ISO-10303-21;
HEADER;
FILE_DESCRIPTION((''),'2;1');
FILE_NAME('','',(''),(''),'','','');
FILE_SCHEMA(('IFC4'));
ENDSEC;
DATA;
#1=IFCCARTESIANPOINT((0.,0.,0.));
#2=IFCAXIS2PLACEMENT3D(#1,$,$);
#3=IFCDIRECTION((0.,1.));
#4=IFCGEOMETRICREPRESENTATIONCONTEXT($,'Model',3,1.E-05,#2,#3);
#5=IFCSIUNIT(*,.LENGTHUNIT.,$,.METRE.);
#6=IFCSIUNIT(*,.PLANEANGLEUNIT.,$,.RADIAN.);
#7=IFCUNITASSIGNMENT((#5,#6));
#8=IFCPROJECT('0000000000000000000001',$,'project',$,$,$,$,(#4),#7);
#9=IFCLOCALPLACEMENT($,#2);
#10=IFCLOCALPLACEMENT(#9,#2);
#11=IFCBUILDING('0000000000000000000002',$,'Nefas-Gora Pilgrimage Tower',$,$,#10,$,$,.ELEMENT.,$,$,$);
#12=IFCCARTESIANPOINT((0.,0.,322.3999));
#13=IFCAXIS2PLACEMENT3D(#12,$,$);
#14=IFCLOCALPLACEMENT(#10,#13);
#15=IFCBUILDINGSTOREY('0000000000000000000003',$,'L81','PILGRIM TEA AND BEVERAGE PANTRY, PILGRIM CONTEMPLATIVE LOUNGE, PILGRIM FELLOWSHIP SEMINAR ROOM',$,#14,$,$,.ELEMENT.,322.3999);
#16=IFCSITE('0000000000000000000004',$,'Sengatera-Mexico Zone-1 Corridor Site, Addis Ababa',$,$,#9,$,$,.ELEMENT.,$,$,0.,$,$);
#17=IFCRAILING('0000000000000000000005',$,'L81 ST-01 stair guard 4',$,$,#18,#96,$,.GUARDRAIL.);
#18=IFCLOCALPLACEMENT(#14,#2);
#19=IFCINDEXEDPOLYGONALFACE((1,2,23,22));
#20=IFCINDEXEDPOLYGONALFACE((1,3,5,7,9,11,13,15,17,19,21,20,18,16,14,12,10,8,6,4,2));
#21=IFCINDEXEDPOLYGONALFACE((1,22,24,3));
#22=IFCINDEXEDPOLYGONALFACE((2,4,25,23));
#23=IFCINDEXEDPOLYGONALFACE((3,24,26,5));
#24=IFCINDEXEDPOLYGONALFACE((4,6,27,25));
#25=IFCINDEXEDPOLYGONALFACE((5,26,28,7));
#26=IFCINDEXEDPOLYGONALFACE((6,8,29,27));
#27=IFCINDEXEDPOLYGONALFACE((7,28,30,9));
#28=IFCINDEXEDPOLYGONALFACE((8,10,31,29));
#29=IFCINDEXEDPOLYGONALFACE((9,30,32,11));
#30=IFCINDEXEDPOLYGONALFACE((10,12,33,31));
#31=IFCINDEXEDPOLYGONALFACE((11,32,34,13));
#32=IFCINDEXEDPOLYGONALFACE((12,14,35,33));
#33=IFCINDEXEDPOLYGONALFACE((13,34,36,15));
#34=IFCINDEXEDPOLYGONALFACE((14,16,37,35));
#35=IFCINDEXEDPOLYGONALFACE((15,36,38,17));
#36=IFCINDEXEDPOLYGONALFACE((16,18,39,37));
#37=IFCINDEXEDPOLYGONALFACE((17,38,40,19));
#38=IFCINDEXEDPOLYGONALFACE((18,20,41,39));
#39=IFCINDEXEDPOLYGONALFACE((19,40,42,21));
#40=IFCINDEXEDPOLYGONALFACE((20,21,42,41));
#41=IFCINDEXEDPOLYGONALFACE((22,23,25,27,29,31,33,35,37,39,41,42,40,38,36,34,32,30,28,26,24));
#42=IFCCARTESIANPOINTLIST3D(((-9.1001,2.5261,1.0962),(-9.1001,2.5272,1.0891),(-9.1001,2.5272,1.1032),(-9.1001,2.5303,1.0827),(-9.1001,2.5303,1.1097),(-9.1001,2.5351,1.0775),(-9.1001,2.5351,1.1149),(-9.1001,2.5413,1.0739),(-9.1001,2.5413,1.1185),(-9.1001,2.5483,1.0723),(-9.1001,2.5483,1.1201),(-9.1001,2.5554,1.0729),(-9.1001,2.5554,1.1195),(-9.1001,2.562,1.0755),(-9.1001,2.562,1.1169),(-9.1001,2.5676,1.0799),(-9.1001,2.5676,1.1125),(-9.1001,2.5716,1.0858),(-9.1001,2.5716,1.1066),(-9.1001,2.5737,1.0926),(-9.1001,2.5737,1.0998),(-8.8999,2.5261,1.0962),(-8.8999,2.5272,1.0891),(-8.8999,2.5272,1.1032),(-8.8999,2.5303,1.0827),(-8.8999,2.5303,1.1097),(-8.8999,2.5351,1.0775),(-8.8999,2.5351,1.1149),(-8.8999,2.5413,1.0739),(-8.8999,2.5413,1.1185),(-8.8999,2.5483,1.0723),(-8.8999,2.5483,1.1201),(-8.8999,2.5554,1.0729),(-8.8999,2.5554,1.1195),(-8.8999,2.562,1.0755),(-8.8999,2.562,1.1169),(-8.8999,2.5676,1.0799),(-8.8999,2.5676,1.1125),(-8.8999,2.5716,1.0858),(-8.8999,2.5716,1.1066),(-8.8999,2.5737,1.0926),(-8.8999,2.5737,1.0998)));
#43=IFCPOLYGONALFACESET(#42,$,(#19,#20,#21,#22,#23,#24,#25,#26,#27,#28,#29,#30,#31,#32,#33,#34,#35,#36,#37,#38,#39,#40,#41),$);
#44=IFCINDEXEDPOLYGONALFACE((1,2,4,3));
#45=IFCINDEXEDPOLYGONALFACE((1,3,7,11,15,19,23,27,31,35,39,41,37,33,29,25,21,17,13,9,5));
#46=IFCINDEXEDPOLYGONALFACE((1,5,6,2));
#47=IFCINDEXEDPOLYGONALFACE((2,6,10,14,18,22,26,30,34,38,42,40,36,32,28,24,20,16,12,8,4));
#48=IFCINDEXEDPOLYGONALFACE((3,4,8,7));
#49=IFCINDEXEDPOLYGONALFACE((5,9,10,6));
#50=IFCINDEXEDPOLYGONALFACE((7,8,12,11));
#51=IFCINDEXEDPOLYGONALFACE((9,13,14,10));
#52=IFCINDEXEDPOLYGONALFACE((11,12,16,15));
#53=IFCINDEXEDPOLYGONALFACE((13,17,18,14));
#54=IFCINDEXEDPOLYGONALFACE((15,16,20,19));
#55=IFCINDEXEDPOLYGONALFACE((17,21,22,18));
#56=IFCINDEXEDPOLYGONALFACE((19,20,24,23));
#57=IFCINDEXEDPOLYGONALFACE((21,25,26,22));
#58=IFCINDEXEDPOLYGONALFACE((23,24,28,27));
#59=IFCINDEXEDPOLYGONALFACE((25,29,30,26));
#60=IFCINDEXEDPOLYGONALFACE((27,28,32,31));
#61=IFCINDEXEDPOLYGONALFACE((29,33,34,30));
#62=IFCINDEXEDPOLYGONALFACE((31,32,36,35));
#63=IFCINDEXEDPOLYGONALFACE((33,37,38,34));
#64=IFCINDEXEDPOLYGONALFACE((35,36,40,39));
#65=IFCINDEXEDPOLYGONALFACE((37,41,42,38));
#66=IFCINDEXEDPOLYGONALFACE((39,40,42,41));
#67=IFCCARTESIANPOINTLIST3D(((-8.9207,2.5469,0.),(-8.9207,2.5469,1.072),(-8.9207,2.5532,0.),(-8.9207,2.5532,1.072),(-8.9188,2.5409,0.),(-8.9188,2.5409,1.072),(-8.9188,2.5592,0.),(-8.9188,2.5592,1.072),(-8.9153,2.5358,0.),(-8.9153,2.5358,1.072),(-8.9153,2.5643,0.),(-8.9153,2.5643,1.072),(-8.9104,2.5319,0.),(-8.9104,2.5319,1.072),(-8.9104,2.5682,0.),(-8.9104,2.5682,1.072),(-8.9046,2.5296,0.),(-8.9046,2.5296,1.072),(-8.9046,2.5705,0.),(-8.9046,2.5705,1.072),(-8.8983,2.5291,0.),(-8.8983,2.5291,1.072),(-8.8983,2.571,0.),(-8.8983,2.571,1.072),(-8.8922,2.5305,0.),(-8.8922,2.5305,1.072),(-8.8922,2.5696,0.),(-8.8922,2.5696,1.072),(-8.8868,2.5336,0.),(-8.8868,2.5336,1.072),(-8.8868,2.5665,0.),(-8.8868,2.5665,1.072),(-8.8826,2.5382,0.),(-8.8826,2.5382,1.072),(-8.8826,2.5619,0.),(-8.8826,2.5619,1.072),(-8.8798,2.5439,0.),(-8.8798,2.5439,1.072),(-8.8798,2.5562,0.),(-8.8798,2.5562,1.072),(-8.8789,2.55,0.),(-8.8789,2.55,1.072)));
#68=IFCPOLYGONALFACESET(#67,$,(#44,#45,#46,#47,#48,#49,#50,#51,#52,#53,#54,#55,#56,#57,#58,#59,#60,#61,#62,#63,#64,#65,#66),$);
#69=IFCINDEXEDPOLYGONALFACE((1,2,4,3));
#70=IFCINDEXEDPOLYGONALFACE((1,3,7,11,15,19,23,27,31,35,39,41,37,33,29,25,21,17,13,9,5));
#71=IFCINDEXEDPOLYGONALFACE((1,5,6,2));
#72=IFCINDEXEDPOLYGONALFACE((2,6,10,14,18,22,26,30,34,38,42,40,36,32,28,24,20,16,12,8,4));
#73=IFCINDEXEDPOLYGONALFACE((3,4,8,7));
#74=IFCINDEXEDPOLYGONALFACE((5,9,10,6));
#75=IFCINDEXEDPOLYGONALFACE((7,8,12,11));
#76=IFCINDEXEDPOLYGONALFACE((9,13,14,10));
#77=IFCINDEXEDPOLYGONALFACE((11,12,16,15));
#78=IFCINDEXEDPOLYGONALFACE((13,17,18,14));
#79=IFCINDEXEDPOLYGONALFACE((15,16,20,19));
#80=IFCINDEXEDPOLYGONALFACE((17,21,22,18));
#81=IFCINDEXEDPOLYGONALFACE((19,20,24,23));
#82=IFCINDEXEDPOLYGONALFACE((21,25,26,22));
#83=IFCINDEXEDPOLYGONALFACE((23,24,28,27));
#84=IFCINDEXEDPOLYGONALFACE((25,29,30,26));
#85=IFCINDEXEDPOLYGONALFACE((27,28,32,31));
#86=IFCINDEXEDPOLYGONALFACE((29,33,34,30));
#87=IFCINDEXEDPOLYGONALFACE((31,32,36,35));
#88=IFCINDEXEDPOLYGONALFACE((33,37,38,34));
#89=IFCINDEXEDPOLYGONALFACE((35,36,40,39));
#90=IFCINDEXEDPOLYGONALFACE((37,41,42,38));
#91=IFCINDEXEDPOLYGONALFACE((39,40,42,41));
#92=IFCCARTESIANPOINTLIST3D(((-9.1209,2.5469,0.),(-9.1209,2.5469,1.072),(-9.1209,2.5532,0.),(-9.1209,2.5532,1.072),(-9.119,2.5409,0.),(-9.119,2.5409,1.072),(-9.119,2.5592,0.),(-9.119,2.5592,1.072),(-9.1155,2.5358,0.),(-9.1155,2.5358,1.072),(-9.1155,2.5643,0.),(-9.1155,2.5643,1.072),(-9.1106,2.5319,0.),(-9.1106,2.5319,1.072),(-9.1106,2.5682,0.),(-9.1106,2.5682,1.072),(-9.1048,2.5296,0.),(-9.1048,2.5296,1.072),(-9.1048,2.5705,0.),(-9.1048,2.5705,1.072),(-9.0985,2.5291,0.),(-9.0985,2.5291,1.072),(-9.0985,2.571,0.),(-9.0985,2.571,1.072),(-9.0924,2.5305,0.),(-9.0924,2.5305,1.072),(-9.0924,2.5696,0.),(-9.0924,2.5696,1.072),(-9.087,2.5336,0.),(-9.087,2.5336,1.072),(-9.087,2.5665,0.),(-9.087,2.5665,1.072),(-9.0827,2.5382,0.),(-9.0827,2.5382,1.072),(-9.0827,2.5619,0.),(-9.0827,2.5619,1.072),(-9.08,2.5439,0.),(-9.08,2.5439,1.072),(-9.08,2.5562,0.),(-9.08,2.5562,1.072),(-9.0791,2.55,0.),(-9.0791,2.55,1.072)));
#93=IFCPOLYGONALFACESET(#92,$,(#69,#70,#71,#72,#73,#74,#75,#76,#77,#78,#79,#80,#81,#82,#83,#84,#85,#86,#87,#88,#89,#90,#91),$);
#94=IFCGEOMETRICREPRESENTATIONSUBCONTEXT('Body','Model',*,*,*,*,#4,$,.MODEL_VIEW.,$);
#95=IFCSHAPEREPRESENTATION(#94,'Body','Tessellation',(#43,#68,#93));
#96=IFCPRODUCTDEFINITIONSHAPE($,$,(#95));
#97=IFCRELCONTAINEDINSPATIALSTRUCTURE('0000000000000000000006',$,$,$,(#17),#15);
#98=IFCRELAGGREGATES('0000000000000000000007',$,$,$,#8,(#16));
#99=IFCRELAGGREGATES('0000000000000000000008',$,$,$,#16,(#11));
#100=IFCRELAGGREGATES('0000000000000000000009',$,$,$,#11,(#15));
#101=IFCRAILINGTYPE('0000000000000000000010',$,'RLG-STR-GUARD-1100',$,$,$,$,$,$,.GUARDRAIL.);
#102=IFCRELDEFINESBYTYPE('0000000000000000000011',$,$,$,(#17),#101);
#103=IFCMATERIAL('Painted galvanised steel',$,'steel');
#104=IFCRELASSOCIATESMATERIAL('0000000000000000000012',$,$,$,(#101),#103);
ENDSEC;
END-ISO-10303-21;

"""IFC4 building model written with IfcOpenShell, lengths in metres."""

from ifc_helpers import new_model, si_unit, direction, frame, origin, origin_2d, place, context, subcontext, project, spatial, circle, extrude, material, type_object, element, save


model = new_model("IFC4")

# Units and contexts
model_context = context("Model", 3, precision=1e-05, world=origin(), true_north=direction((0.0, 1.0)))
body_context = subcontext(model_context, "Body", "Model", "MODEL_VIEW")
ifc_project = project(units=[si_unit("LENGTHUNIT", "METRE"), si_unit("PLANEANGLEUNIT", "RADIAN")], contexts=[model_context])

# Site, building, storey
site_placement = place(None, origin())
site = spatial("IfcSite", under=ifc_project, at=site_placement, Name="Sengatera-Mexico Zone-1 Corridor Site, Addis Ababa", CompositionType="ELEMENT", RefElevation=0.0)
building_placement = place(site_placement, origin())
building = spatial("IfcBuilding", under=site, at=building_placement, Name="Nefas-Gora Pilgrimage Tower", CompositionType="ELEMENT")
storey_placement = place(building_placement, frame((0.0, 0.0, 322.3999)))
storey = spatial("IfcBuildingStorey", under=building, at=storey_placement, Name="L81", Description="PILGRIM TEA AND BEVERAGE PANTRY, PILGRIM CONTEMPLATIVE LOUNGE, PILGRIM FELLOWSHIP SEMINAR ROOM", CompositionType="ELEMENT", Elevation=322.3999)

# Railing
ifc_material_1 = material(Name="Painted galvanised steel", Category="steel")
railing_type_1 = type_object("IfcRailingType", Name="RLG-STR-GUARD-1100", PredefinedType="GUARDRAIL", material=ifc_material_1)
railing_1_placement = place(storey_placement, frame((-8.8999, 2.55, 0.0)))
element("IfcRailing", 1, at=railing_1_placement, inside=storey, type_object=railing_type_1, Name="L81 ST-01 stair guard 4", PredefinedType="GUARDRAIL", context=body_context, shape_type="SweptSolid", body=[
    extrude(circle(Radius=0.0239, at=origin_2d()), frame((0.0, 0.0, 1.0962), z_axis=(-1.0, 0.0, 0.0), x_axis=(0.0, -1.0, 0.0)), (0.0, 0.0, 1.0), 0.2002),
    extrude(circle(Radius=0.021, at=origin_2d()), origin(), (0.0, 0.0, 1.0), 1.072),
    extrude(circle(Radius=0.021, at=origin_2d()), frame((-0.2002, 0.0, 0.0)), (0.0, 0.0, 1.0), 1.072),
])

save(model, "model.ifc")
